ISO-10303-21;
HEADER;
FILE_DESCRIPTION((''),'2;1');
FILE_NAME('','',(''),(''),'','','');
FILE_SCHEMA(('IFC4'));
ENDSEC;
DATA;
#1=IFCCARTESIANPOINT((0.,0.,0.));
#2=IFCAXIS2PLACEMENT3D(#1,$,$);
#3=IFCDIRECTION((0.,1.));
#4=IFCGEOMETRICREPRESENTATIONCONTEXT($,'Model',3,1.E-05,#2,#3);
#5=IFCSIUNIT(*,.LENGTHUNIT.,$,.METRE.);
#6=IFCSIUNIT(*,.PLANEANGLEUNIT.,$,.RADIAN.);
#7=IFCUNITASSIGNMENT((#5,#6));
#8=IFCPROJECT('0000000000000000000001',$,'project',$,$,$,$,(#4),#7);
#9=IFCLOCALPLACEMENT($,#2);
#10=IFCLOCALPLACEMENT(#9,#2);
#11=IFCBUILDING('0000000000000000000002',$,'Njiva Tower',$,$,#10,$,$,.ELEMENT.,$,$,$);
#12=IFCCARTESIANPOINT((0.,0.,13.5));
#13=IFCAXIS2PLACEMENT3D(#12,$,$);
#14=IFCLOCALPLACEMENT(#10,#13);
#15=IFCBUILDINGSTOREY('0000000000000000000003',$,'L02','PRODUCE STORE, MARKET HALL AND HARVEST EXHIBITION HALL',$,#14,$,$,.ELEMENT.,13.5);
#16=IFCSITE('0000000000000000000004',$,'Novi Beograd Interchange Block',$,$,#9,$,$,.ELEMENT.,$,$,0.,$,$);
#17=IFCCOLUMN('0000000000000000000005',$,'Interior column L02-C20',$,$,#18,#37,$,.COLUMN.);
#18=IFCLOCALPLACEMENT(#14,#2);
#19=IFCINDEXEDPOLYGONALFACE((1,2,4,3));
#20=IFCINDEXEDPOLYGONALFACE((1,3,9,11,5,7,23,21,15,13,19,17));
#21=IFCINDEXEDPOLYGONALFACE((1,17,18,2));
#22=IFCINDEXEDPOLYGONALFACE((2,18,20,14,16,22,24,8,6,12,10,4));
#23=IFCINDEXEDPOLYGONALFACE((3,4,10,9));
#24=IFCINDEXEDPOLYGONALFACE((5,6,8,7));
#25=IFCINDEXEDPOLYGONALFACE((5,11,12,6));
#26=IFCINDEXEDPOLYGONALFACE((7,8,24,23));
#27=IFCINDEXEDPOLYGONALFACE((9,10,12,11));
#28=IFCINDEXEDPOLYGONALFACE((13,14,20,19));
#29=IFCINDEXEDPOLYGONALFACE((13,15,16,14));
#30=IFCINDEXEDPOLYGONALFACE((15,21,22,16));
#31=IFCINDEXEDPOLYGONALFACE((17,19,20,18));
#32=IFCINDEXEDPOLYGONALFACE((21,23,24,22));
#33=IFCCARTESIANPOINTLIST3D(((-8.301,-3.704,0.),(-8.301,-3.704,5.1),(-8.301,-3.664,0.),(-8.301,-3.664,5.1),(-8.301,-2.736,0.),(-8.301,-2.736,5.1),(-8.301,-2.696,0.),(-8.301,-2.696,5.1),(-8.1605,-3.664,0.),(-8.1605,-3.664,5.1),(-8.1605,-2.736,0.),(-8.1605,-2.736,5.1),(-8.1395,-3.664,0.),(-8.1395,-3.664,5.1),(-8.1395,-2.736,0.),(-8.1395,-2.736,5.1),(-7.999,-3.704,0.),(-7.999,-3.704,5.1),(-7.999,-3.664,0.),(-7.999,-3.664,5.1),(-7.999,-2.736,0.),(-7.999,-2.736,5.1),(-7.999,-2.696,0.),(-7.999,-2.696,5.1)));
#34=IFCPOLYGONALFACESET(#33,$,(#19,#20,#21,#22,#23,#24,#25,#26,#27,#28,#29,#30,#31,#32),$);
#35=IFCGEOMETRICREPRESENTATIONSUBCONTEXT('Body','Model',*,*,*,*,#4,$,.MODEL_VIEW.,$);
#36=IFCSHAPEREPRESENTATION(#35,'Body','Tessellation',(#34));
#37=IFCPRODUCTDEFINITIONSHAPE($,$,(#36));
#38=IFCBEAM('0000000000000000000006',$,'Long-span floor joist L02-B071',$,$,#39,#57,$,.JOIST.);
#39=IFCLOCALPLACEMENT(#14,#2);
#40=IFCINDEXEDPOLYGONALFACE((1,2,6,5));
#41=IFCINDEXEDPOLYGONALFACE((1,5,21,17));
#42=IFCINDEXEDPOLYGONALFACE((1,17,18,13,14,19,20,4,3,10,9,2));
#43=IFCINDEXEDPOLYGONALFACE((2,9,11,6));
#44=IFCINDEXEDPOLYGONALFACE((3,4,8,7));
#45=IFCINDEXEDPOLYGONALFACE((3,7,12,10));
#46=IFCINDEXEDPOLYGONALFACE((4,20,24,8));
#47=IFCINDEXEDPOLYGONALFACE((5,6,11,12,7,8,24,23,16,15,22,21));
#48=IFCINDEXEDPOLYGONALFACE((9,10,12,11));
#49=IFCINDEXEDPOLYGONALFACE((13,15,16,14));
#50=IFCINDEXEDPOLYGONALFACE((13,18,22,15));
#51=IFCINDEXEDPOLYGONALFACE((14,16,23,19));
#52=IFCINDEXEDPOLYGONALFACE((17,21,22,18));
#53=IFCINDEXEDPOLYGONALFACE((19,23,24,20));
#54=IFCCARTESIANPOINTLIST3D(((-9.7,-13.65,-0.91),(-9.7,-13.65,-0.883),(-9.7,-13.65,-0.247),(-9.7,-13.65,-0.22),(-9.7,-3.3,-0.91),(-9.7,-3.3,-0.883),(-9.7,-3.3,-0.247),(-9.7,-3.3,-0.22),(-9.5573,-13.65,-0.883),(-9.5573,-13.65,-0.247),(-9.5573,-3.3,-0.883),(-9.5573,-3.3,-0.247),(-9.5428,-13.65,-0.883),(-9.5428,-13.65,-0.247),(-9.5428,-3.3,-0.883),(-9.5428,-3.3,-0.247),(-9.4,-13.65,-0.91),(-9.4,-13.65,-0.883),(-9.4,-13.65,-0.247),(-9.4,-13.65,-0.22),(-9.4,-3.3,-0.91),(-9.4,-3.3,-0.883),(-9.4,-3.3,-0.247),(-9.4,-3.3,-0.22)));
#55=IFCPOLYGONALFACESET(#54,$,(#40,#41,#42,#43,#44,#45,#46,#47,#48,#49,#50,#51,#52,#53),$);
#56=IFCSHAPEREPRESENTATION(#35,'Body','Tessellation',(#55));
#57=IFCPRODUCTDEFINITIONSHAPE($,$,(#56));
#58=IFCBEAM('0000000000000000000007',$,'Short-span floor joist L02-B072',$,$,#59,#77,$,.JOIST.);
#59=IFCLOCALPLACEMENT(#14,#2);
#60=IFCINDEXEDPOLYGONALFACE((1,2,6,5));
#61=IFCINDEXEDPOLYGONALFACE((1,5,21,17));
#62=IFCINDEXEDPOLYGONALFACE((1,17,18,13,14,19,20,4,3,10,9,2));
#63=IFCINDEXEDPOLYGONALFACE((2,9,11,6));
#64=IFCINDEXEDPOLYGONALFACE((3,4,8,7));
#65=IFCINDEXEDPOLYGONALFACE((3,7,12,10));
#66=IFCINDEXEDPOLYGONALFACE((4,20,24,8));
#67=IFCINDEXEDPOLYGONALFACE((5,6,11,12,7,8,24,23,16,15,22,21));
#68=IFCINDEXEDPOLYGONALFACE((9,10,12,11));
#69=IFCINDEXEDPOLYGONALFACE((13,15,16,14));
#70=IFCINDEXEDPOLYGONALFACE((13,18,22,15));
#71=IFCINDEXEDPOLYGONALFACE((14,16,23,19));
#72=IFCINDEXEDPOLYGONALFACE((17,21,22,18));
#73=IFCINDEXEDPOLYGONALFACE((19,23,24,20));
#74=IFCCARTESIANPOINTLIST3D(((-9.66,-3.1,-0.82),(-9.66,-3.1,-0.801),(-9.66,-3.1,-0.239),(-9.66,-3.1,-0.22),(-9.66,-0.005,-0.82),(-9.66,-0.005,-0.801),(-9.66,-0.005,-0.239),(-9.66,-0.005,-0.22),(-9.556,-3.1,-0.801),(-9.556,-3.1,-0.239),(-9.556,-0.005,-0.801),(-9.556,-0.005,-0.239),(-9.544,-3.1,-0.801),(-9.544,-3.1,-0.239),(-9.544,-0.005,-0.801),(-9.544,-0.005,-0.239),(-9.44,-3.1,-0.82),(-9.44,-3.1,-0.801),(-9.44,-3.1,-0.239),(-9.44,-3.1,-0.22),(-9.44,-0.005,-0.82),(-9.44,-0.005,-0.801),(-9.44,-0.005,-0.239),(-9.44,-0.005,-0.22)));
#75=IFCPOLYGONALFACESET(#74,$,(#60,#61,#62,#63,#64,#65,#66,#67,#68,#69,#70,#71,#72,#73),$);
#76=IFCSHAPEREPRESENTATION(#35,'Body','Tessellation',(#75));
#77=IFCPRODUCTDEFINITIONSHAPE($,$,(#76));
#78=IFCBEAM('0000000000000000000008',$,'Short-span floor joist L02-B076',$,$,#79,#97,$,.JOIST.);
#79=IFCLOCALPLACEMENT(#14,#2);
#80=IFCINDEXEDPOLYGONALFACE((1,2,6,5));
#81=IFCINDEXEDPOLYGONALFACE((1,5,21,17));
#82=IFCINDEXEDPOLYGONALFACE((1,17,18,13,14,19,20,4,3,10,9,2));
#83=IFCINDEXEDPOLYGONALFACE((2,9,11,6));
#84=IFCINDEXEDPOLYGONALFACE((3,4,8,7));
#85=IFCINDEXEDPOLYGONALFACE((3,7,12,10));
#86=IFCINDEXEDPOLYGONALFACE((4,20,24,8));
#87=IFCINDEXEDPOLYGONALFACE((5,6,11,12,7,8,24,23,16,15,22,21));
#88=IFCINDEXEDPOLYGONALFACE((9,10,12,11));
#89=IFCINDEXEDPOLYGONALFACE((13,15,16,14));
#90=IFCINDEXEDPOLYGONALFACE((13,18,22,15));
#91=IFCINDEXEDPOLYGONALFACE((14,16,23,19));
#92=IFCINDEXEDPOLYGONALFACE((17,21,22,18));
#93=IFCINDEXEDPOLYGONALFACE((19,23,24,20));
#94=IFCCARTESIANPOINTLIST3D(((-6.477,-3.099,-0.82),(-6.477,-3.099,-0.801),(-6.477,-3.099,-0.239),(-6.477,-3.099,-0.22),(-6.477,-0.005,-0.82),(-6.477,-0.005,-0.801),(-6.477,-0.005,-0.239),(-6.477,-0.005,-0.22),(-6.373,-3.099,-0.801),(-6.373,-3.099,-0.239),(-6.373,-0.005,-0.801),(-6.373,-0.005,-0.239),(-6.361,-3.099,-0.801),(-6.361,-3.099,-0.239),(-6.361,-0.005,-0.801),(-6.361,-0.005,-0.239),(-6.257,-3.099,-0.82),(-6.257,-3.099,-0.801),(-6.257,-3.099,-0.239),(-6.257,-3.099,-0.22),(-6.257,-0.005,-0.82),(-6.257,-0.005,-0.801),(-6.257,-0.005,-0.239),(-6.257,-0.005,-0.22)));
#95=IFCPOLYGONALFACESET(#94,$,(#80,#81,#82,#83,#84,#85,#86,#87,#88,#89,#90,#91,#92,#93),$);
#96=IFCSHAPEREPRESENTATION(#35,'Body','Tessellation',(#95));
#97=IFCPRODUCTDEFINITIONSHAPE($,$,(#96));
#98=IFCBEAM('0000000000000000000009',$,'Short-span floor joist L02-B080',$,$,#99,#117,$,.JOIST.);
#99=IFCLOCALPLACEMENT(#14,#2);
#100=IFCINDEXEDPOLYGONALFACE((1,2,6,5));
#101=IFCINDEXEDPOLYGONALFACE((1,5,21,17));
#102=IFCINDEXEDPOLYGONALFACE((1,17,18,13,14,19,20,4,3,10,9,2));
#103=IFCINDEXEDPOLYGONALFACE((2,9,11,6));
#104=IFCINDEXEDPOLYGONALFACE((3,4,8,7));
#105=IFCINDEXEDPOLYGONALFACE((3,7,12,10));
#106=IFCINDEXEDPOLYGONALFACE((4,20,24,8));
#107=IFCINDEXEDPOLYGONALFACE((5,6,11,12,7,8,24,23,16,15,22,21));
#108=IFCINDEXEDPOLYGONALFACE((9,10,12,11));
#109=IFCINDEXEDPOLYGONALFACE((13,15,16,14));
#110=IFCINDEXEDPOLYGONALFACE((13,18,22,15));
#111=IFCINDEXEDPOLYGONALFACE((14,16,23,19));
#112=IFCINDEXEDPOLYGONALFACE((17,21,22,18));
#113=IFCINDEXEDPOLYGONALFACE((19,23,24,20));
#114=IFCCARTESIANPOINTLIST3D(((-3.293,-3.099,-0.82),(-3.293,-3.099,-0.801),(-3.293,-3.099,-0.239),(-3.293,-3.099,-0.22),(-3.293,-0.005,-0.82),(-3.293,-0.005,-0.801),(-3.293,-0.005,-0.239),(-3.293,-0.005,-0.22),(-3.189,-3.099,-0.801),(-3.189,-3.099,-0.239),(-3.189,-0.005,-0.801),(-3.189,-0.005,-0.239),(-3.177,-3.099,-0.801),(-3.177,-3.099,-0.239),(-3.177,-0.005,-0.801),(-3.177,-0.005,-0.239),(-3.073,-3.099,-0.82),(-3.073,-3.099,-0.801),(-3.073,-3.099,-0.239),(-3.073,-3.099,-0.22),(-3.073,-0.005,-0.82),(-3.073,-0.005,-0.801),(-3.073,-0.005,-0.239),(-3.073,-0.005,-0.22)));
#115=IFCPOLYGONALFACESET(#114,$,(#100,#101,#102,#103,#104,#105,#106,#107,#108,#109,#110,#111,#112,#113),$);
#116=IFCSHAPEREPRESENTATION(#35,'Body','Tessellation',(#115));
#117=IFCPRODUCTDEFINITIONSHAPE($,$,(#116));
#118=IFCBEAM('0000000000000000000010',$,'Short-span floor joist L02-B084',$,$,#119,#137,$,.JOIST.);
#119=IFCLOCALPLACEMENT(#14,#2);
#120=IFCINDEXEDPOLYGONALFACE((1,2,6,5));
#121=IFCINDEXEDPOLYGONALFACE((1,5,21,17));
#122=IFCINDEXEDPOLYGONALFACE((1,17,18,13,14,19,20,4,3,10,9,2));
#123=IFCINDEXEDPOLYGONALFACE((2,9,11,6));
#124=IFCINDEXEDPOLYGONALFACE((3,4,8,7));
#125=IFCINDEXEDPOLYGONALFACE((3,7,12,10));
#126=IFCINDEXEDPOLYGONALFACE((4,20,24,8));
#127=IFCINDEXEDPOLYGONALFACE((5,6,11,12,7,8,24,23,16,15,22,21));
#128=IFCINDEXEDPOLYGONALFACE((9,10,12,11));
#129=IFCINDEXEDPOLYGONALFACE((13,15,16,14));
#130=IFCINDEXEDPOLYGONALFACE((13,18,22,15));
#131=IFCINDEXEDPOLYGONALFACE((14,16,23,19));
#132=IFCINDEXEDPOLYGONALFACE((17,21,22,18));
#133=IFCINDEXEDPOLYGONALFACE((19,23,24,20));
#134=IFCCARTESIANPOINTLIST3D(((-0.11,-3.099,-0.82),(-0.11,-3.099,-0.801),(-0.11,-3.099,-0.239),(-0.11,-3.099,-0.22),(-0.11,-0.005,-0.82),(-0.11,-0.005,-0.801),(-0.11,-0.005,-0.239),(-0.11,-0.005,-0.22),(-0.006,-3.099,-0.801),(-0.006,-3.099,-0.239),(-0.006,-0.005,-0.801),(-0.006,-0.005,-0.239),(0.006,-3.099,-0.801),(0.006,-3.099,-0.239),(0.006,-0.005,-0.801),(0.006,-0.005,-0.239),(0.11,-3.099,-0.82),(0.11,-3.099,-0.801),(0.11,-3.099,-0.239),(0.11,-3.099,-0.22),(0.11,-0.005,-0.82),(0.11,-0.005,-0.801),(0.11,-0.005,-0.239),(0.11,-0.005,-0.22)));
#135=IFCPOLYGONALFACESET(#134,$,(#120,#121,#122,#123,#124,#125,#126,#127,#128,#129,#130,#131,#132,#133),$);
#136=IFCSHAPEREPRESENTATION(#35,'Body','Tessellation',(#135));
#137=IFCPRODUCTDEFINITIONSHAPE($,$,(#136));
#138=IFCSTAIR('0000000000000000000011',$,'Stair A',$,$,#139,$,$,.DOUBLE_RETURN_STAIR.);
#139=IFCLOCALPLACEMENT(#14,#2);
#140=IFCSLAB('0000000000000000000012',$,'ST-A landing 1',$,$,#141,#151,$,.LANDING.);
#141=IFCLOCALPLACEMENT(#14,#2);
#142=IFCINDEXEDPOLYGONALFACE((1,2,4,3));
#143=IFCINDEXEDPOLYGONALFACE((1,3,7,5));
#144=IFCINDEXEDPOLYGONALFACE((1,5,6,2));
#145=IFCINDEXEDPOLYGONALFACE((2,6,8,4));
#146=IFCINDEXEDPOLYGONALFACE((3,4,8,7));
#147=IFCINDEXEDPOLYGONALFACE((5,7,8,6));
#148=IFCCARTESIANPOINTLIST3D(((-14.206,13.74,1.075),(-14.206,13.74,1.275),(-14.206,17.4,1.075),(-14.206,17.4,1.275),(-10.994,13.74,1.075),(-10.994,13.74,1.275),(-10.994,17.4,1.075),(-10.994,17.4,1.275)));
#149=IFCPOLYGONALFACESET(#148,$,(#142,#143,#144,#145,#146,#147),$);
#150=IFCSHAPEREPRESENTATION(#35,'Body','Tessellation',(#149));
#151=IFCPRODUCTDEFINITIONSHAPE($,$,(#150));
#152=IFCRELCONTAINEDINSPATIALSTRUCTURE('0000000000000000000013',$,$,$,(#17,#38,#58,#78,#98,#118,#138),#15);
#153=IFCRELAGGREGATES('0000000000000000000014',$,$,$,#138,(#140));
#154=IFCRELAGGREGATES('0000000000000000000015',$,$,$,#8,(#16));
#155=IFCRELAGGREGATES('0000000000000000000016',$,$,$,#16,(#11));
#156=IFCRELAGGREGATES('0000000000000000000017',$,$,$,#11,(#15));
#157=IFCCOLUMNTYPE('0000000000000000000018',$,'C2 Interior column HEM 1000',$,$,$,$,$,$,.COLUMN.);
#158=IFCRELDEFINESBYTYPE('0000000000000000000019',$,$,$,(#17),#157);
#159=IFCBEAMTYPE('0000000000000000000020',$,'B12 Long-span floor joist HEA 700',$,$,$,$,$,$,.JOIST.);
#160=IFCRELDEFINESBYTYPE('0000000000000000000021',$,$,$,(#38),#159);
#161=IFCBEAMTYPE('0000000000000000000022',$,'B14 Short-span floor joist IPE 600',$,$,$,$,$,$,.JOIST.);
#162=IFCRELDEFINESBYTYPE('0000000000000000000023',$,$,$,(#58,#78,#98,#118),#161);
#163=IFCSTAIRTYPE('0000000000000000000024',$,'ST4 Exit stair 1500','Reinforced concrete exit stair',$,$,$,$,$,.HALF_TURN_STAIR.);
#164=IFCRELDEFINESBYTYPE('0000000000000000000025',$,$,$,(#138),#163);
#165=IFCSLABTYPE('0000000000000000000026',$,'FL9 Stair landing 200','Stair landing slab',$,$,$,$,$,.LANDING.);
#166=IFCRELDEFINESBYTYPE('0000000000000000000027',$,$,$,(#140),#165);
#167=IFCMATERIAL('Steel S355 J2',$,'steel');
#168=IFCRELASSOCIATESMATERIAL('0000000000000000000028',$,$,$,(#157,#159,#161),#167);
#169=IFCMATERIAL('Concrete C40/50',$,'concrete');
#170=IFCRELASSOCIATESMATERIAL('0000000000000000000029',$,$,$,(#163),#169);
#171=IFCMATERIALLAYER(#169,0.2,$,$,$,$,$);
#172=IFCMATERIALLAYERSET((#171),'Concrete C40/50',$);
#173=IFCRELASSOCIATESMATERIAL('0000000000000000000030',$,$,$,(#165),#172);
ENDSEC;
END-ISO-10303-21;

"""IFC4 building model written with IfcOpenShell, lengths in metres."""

from ifc_helpers import new_model, si_unit, direction, frame, origin, origin_2d, place, context, subcontext, project, spatial, polyline, i_section, outline, extrude, material, layer, layer_set, material_profile, profile_set, type_object, element, aggregate, save


model = new_model("IFC4")

# Units and contexts
model_context = context("Model", 3, precision=1e-05, world=origin(), true_north=direction((0.0, 1.0)))
body_context = subcontext(model_context, "Body", "Model", "MODEL_VIEW")
ifc_project = project(units=[si_unit("LENGTHUNIT", "METRE"), si_unit("PLANEANGLEUNIT", "RADIAN")], contexts=[model_context])

# Site, building, storey
site_placement = place(None, origin())
site = spatial("IfcSite", under=ifc_project, at=site_placement, Name="Novi Beograd Interchange Block", CompositionType="ELEMENT", RefElevation=0.0)
building_placement = place(site_placement, origin())
building = spatial("IfcBuilding", under=site, at=building_placement, Name="Njiva Tower", CompositionType="ELEMENT")
storey_placement = place(building_placement, frame((0.0, 0.0, 13.5)))
storey = spatial("IfcBuildingStorey", under=building, at=storey_placement, Name="L02", Description="PRODUCE STORE, MARKET HALL AND HARVEST EXHIBITION HALL", CompositionType="ELEMENT", Elevation=13.5)

# Column
ifc_material_1 = material(Name="Steel S355 J2", Category="steel")
ifc_material_profile_1 = material_profile(ifc_material_1, i_section(OverallWidth=0.302, OverallDepth=1.008, WebThickness=0.021, FlangeThickness=0.04, at=origin_2d()), Name="HEM 1000")
ifc_profile_set_1 = profile_set([ifc_material_profile_1], Name="Steel S355 J2")
column_type = type_object("IfcColumnType", Name="C2 Interior column HEM 1000", PredefinedType="COLUMN", material=ifc_profile_set_1)
column_placement = place(storey_placement, frame((-8.15, -3.2, 0.0), z_axis=(0.0, 0.0, 1.0), x_axis=(1.0, 0.0, 0.0)))
element("IfcColumn", 1, at=column_placement, inside=storey, type_object=column_type, Name="Interior column L02-C20", PredefinedType="COLUMN", context=body_context, shape_type="SweptSolid", body=[
    extrude(i_section(OverallWidth=0.302, OverallDepth=1.008, WebThickness=0.021, FlangeThickness=0.04, at=origin_2d()), origin(), (0.0, 0.0, 1.0), 5.1),
])

# Beams
ifc_material_profile_2 = material_profile(ifc_material_1, i_section(OverallWidth=0.3, OverallDepth=0.69, WebThickness=0.0145, FlangeThickness=0.027, at=origin_2d()), Name="HEA 700")
ifc_profile_set_2 = profile_set([ifc_material_profile_2], Name="Steel S355 J2")
beam_type_1 = type_object("IfcBeamType", Name="B12 Long-span floor joist HEA 700", PredefinedType="JOIST", material=ifc_profile_set_2)
beam_1_placement = place(storey_placement, frame((-9.55, -3.3, -0.565), z_axis=(0.0, -1.0, 0.0), x_axis=(1.0, 0.0, 0.0)))
element("IfcBeam", 2, at=beam_1_placement, inside=storey, type_object=beam_type_1, Name="Long-span floor joist L02-B071", PredefinedType="JOIST", context=body_context, shape_type="SweptSolid", body=[
    extrude(i_section(OverallWidth=0.3, OverallDepth=0.69, WebThickness=0.0145, FlangeThickness=0.027, at=origin_2d()), origin(), (0.0, 0.0, 1.0), 10.35),
])
ifc_material_profile_3 = material_profile(ifc_material_1, i_section(OverallWidth=0.22, OverallDepth=0.6, WebThickness=0.012, FlangeThickness=0.019, at=origin_2d()), Name="IPE 600")
ifc_profile_set_3 = profile_set([ifc_material_profile_3], Name="Steel S355 J2")
beam_type_2 = type_object("IfcBeamType", Name="B14 Short-span floor joist IPE 600", PredefinedType="JOIST", material=ifc_profile_set_3)
beam_2_placement = place(storey_placement, frame((-9.55, -0.005, -0.52), z_axis=(0.0, -1.0, 0.0), x_axis=(1.0, 0.0, 0.0)))
element("IfcBeam", 3, at=beam_2_placement, inside=storey, type_object=beam_type_2, Name="Short-span floor joist L02-B072", PredefinedType="JOIST", context=body_context, shape_type="SweptSolid", body=[
    extrude(i_section(OverallWidth=0.22, OverallDepth=0.6, WebThickness=0.012, FlangeThickness=0.019, at=origin_2d()), origin(), (0.0, 0.0, 1.0), 3.095),
])
for number, where, z_axis, x_axis, name in (
    (4, (-6.367, -0.005, -0.52), (0.0, -1.0, 0.0), (1.0, 0.0, 0.0), "Short-span floor joist L02-B076"),
    (5, (-3.183, -0.005, -0.52), (0.0, -1.0, 0.0), (1.0, 0.0, 0.0), "Short-span floor joist L02-B080"),
    (6, (0.0, -0.005, -0.52), (0.0, -1.0, 0.0), (1.0, 0.0, 0.0), "Short-span floor joist L02-B084"),
):
    element("IfcBeam", number, at=place(storey_placement, frame(where, z_axis=z_axis, x_axis=x_axis)), inside=storey, type_object=beam_type_2, Name=name, PredefinedType="JOIST", context=body_context, shape_type="SweptSolid", body=[
        extrude(i_section(OverallWidth=0.22, OverallDepth=0.6, WebThickness=0.012, FlangeThickness=0.019, at=origin_2d()), origin(), (0.0, 0.0, 1.0), 3.094),
    ])

# Stair, slab
ifc_material_2 = material(Name="Concrete C40/50", Category="concrete")
stair_type = type_object("IfcStairType", Name="ST4 Exit stair 1500", Description="Reinforced concrete exit stair", PredefinedType="HALF_TURN_STAIR", material=ifc_material_2)
stair_placement = place(storey_placement, origin())
stair = element("IfcStair", 7, at=stair_placement, inside=storey, type_object=stair_type, Name="Stair A", PredefinedType="DOUBLE_RETURN_STAIR")
ifc_layer_1 = layer(ifc_material_2, 0.2)
ifc_layer_set_1 = layer_set([ifc_layer_1], Name="Concrete C40/50")
slab_type_1 = type_object("IfcSlabType", Name="FL9 Stair landing 200", Description="Stair landing slab", PredefinedType="LANDING", material=ifc_layer_set_1)
slab_1_placement = place(storey_placement, frame((0.0, 0.0, 1.075)))
slab_1 = element("IfcSlab", 8, at=slab_1_placement, type_object=slab_type_1, Name="ST-A landing 1", PredefinedType="LANDING", context=body_context, shape_type="SweptSolid", body=[
    extrude(outline(polyline([(-14.206, 13.74), (-10.994, 13.74), (-10.994, 17.4), (-14.206, 17.4), (-14.206, 13.74)])), origin(), (0.0, 0.0, 1.0), 0.2),
])
aggregate(stair, [slab_1])

save(model, "model.ifc")
